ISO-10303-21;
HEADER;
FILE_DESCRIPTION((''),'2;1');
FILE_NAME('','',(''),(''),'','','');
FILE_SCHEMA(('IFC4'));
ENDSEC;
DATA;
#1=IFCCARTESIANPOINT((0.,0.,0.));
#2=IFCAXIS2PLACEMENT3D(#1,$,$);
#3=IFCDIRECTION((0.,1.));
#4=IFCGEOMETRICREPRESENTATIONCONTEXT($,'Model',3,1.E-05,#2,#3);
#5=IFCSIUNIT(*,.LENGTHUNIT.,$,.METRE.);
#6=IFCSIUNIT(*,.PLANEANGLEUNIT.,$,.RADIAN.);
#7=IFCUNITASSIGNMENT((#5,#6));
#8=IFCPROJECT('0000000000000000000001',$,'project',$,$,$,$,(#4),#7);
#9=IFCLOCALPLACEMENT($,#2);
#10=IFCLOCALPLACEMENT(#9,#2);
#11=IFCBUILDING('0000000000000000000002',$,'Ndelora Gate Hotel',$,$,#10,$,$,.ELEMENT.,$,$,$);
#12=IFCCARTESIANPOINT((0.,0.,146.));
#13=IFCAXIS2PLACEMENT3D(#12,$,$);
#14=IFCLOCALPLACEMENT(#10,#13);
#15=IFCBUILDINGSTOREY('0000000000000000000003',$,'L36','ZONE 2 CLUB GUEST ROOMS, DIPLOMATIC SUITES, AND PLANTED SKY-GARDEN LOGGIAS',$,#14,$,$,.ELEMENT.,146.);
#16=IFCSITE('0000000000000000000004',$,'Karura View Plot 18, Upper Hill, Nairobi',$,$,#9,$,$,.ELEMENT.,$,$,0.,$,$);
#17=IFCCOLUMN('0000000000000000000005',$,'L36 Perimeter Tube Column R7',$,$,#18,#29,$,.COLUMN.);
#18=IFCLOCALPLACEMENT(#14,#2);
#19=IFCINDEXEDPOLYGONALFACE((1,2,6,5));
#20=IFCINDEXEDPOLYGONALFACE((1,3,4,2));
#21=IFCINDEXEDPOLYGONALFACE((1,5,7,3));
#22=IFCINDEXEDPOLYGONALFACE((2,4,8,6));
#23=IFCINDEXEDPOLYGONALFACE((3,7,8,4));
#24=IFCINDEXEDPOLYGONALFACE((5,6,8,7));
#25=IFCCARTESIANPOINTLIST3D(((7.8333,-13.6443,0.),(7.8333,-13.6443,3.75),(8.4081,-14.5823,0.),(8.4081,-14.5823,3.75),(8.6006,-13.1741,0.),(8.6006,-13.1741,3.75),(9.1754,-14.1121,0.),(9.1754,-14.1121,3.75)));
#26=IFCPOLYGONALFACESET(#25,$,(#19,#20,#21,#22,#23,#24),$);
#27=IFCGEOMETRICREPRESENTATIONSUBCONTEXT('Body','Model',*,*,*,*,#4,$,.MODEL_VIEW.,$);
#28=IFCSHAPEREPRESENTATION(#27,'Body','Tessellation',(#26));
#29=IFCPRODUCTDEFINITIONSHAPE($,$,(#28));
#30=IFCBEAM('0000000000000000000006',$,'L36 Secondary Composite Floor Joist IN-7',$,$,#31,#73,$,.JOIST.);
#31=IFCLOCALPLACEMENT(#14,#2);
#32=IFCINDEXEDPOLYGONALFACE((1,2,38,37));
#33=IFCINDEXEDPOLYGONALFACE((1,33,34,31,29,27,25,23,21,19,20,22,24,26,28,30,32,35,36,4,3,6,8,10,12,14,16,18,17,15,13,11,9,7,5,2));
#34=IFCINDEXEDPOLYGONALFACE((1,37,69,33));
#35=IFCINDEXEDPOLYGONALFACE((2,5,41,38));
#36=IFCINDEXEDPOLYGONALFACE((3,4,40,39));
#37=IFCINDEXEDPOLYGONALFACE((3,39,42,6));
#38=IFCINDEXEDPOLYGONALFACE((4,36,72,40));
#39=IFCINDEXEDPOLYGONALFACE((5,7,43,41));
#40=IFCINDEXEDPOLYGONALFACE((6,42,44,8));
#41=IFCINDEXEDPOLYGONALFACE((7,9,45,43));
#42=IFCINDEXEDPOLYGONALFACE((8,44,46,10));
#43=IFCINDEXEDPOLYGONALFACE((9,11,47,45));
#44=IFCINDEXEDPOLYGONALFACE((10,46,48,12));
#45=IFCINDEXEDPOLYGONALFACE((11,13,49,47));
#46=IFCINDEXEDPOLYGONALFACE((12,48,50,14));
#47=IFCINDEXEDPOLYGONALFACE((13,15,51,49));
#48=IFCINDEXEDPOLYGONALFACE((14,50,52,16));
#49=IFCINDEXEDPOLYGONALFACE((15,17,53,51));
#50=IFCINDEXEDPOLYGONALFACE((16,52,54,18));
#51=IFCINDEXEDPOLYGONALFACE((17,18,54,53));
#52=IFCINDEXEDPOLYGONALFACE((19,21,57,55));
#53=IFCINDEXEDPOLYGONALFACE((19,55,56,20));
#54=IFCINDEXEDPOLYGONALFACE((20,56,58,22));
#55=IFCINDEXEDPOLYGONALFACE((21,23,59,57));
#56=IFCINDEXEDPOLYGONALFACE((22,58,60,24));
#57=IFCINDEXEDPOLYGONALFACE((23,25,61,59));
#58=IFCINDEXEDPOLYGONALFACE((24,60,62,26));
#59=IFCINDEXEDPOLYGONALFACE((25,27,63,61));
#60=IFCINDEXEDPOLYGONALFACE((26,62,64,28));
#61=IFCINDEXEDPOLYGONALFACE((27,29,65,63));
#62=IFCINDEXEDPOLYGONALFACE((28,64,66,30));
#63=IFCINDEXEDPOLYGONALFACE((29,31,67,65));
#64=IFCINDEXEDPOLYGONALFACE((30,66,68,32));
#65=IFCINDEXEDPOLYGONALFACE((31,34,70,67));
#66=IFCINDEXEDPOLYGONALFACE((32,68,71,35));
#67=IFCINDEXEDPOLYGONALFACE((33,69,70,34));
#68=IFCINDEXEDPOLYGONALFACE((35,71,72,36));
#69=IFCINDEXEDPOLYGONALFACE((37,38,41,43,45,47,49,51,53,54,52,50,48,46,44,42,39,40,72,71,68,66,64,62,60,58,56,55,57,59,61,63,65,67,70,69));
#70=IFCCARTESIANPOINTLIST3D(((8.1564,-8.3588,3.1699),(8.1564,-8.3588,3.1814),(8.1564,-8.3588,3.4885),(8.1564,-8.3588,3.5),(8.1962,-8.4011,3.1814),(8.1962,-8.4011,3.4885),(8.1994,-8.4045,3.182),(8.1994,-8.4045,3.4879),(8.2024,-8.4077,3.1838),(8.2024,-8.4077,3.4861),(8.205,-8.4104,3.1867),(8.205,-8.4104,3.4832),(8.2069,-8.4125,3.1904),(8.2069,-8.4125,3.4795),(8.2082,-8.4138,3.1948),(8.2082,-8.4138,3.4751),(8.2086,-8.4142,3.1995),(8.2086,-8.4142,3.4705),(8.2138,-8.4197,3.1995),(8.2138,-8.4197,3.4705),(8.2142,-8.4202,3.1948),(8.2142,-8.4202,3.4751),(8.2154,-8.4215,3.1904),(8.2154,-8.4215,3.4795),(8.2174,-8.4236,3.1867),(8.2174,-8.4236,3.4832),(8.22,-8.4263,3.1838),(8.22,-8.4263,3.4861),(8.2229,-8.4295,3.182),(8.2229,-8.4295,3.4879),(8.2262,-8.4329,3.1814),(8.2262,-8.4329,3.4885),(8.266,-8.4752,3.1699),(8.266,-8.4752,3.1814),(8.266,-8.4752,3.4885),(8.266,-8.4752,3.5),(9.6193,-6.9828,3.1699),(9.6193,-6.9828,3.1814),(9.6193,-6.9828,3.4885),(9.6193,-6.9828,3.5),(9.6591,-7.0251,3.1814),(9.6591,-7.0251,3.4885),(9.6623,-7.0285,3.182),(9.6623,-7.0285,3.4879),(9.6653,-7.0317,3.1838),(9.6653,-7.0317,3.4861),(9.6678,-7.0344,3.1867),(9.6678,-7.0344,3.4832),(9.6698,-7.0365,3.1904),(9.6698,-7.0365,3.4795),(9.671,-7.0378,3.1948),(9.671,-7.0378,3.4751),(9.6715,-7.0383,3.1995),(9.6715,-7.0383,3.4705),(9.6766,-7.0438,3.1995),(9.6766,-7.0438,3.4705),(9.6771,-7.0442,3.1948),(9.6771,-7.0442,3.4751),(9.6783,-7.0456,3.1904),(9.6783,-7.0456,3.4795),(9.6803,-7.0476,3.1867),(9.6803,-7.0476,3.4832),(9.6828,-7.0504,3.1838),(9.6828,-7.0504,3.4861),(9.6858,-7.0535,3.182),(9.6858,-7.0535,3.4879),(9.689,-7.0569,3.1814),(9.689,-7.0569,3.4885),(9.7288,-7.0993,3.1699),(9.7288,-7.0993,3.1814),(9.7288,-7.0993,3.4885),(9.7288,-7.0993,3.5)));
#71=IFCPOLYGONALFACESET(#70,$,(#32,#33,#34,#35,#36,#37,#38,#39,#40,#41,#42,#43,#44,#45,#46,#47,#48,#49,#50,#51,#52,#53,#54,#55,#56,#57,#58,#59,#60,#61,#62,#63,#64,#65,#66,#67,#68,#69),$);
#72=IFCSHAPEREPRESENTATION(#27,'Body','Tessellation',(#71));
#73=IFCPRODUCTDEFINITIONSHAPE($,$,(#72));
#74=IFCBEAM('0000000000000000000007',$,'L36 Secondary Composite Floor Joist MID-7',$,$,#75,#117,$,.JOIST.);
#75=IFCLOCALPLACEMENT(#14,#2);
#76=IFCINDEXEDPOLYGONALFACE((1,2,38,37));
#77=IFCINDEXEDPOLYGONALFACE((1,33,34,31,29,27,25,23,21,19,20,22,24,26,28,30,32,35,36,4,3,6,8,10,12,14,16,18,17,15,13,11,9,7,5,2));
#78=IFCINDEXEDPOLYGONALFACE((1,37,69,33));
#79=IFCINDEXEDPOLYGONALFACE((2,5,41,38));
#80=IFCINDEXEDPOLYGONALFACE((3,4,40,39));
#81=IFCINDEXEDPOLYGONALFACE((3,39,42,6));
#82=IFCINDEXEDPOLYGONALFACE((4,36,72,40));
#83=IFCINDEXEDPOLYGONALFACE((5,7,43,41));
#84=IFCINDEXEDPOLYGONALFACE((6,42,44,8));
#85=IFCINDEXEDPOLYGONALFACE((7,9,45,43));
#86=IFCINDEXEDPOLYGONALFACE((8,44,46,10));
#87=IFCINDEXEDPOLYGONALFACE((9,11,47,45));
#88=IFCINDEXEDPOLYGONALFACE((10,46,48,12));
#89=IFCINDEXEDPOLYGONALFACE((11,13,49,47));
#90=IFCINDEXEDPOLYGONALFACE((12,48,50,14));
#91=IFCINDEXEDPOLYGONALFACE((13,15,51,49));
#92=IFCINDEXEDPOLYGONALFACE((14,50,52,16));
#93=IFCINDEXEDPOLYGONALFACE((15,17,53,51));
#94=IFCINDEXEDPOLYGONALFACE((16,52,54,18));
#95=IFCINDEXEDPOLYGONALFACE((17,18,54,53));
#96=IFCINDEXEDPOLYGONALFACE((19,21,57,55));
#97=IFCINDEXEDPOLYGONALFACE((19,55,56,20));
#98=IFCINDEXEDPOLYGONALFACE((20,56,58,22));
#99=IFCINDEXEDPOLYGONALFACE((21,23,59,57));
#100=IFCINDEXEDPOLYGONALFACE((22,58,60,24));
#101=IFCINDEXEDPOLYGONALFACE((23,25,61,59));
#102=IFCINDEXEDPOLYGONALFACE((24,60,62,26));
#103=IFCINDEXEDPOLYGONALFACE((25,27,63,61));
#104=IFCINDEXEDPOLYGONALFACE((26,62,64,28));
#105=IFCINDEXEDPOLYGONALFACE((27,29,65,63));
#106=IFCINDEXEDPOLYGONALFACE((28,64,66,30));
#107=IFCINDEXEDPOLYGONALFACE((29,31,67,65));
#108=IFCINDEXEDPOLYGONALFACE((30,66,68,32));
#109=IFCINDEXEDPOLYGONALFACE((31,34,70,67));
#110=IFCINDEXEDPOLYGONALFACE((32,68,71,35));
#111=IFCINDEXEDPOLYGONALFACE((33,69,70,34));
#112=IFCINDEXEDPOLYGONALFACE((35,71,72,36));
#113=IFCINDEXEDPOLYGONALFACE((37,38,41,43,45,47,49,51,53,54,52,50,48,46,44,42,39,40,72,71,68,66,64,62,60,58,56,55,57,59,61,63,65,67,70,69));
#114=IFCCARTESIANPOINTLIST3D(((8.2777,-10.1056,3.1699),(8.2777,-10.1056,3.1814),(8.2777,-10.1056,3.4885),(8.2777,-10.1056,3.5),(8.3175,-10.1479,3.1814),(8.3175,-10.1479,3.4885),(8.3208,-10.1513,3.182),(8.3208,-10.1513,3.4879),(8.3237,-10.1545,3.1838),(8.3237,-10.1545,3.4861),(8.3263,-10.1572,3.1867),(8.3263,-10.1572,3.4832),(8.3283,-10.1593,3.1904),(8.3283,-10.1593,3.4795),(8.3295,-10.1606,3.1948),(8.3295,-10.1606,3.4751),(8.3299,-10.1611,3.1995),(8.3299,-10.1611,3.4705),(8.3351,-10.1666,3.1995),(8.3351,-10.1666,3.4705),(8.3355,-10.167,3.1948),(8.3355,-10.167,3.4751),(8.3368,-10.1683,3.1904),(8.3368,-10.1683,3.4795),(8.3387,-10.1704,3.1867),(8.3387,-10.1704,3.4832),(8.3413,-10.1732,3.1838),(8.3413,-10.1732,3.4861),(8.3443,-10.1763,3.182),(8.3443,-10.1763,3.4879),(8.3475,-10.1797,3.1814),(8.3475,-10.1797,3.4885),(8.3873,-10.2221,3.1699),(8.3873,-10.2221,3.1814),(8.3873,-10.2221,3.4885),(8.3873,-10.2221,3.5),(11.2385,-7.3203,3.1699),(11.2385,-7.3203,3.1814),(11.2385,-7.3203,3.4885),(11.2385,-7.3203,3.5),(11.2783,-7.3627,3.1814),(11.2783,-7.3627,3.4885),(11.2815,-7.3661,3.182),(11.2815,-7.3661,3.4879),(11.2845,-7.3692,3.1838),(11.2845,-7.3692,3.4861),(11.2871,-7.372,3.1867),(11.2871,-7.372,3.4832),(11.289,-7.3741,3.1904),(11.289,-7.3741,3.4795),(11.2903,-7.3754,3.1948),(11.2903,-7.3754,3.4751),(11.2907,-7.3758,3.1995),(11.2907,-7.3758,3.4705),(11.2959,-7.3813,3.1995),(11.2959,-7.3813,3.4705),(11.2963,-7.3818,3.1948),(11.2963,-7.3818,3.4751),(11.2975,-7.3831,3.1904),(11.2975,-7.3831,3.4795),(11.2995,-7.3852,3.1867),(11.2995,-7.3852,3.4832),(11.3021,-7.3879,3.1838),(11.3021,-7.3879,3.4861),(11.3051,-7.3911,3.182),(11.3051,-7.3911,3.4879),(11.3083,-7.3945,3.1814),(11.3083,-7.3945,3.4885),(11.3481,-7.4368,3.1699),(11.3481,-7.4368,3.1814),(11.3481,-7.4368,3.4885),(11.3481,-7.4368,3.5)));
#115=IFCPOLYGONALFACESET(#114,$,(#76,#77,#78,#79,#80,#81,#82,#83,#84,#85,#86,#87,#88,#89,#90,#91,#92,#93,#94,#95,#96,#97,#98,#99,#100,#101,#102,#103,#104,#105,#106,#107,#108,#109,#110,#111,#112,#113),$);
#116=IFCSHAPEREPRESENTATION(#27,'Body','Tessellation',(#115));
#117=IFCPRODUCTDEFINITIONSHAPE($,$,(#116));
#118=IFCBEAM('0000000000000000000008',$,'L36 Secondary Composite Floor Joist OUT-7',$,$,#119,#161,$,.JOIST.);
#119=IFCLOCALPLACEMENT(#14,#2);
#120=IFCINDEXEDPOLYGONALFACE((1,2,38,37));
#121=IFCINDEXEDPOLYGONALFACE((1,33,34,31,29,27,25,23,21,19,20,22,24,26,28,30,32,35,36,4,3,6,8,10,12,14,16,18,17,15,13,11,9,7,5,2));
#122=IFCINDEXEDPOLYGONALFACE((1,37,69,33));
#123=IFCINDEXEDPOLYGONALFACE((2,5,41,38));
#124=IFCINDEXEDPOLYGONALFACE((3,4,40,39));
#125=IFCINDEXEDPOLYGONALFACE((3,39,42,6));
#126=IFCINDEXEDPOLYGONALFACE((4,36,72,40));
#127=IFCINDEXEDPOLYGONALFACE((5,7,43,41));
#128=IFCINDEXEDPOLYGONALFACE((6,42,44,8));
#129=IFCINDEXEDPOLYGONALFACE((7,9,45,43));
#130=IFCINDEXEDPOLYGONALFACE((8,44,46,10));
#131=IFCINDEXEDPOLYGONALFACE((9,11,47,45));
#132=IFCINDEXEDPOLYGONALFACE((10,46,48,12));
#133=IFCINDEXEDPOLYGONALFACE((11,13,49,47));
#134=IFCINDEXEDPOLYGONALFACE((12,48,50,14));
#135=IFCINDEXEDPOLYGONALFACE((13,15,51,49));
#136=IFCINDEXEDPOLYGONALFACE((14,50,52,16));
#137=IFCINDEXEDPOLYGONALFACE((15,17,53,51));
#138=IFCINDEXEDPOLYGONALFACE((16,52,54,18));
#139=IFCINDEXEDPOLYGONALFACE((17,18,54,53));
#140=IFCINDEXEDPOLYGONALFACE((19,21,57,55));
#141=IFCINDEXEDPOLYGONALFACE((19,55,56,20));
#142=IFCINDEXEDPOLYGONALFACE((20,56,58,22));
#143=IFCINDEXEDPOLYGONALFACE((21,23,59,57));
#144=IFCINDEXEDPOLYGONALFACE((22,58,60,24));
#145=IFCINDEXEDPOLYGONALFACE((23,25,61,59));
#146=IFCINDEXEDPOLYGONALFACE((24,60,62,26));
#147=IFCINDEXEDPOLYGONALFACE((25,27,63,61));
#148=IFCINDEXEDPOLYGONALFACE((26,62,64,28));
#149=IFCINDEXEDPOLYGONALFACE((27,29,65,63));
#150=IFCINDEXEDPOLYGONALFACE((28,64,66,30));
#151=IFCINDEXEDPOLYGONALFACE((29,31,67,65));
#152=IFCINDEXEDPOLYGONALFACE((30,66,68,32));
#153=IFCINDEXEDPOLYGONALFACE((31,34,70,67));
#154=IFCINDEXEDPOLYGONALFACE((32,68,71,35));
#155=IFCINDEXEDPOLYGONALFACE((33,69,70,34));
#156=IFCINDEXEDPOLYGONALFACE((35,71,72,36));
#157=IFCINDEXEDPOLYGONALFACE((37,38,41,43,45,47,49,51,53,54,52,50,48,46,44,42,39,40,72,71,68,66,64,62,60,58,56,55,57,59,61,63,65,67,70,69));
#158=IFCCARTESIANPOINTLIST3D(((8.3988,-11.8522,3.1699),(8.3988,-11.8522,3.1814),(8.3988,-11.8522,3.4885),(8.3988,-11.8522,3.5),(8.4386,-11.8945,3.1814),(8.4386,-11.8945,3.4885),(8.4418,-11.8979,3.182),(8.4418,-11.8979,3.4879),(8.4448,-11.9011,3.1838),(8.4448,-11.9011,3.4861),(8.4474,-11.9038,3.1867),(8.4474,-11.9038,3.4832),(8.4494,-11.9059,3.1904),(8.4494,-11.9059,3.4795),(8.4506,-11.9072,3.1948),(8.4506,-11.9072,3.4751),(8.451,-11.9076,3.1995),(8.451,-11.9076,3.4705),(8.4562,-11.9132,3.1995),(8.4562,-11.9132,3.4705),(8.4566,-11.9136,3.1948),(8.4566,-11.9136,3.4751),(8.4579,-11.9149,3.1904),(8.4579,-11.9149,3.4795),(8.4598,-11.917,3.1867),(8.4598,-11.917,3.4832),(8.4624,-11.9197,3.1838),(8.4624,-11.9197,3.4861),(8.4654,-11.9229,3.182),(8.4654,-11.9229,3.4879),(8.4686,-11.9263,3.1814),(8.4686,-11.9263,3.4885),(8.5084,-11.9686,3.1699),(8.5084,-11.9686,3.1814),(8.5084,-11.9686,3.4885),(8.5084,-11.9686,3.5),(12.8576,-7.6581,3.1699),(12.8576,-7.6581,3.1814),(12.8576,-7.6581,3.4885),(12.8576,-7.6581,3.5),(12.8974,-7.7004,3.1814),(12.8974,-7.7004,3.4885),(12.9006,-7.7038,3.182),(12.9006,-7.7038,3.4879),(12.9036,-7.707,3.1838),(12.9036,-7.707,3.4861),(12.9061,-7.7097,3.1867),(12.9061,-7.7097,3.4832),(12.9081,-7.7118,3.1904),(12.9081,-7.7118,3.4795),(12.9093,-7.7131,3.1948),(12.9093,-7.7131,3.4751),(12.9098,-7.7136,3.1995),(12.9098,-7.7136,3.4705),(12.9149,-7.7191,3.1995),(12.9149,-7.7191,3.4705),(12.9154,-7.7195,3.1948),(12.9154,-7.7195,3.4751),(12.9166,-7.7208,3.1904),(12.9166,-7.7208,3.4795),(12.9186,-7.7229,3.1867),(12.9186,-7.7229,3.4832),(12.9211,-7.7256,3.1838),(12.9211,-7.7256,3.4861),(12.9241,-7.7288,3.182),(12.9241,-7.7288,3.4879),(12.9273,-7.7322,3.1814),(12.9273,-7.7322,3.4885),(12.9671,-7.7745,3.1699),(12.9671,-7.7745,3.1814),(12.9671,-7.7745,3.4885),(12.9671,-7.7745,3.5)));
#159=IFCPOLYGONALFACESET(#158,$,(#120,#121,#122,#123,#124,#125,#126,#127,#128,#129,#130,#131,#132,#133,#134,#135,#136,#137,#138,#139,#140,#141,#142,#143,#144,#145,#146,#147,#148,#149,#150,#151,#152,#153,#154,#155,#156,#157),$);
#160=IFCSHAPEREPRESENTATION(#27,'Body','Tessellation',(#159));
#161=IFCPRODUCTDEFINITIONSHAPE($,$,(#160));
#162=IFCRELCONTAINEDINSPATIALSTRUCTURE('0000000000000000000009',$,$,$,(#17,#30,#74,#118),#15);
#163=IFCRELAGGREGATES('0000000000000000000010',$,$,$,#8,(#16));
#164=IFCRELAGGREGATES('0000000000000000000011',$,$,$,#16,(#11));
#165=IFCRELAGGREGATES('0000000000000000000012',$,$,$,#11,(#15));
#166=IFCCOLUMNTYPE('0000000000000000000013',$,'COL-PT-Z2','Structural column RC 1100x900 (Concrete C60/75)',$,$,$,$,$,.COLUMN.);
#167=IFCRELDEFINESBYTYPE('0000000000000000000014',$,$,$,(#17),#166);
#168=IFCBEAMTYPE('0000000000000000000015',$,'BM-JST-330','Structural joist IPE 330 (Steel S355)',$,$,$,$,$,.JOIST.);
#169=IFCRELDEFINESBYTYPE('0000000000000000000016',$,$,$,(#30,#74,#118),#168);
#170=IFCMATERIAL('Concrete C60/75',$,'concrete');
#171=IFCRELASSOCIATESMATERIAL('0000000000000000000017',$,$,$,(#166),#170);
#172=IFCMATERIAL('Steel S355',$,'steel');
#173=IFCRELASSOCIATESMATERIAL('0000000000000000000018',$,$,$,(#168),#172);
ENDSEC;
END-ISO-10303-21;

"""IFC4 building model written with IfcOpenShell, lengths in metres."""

from ifc_helpers import new_model, si_unit, direction, frame, origin, origin_2d, place, context, subcontext, project, spatial, rectangle, i_section, extrude, material, material_profile, profile_set, type_object, element, save


model = new_model("IFC4")

# Units and contexts
model_context = context("Model", 3, precision=1e-05, world=origin(), true_north=direction((0.0, 1.0)))
body_context = subcontext(model_context, "Body", "Model", "MODEL_VIEW")
ifc_project = project(units=[si_unit("LENGTHUNIT", "METRE"), si_unit("PLANEANGLEUNIT", "RADIAN")], contexts=[model_context])

# Site, building, storey
site_placement = place(None, origin())
site = spatial("IfcSite", under=ifc_project, at=site_placement, Name="Karura View Plot 18, Upper Hill, Nairobi", CompositionType="ELEMENT", RefElevation=0.0)
building_placement = place(site_placement, origin())
building = spatial("IfcBuilding", under=site, at=building_placement, Name="Ndelora Gate Hotel", CompositionType="ELEMENT")
storey_placement = place(building_placement, frame((0.0, 0.0, 146.0)))
storey = spatial("IfcBuildingStorey", under=building, at=storey_placement, Name="L36", Description="ZONE 2 CLUB GUEST ROOMS, DIPLOMATIC SUITES, AND PLANTED SKY-GARDEN LOGGIAS", CompositionType="ELEMENT", Elevation=146.0)

# Column
ifc_material_1 = material(Name="Concrete C60/75", Category="concrete")
ifc_material_profile_1 = material_profile(ifc_material_1, rectangle(XDim=0.8999, YDim=1.1001, at=origin_2d()), Name="RC 1100x900")
ifc_profile_set_1 = profile_set([ifc_material_profile_1], Name="Concrete C60/75")
column_type = type_object("IfcColumnType", Name="COL-PT-Z2", Description="Structural column RC 1100x900 (Concrete C60/75)", PredefinedType="COLUMN", material=ifc_profile_set_1)
column_placement = place(storey_placement, frame((8.5044, -13.8782, 0.0), z_axis=(0.0, 0.0, 1.0), x_axis=(0.85264, 0.522499, 0.0)))
element("IfcColumn", 1, at=column_placement, inside=storey, type_object=column_type, Name="L36 Perimeter Tube Column R7", PredefinedType="COLUMN", context=body_context, shape_type="SweptSolid", body=[
    extrude(rectangle(XDim=0.8999, YDim=1.1001, at=origin_2d()), origin(), (0.0, 0.0, 1.0), 3.75),
])

# Beams
ifc_material_2 = material(Name="Steel S355", Category="steel")
ifc_material_profile_2 = material_profile(ifc_material_2, i_section(OverallWidth=0.1599, OverallDepth=0.3301, WebThickness=0.0076, FlangeThickness=0.0115, FilletRadius=0.0181, at=origin_2d()), Name="IPE 330")
ifc_profile_set_2 = profile_set([ifc_material_profile_2], Name="Steel S355")
beam_type_1 = type_object("IfcBeamType", Name="BM-JST-330", Description="Structural joist IPE 330 (Steel S355)", PredefinedType="JOIST", material=ifc_profile_set_2)
beam_1_placement = place(storey_placement, frame((8.2112, -8.417, 3.335), z_axis=(0.728414, 0.685137, 0.0), x_axis=(-0.685137, 0.728414, 0.0)))
element("IfcBeam", 2, at=beam_1_placement, inside=storey, type_object=beam_type_1, Name="L36 Secondary Composite Floor Joist IN-7", PredefinedType="JOIST", context=body_context, shape_type="SweptSolid", body=[
    extrude(i_section(OverallWidth=0.1599, OverallDepth=0.3301, WebThickness=0.0076, FlangeThickness=0.0115, FilletRadius=0.0181, at=origin_2d()), origin(), (0.0, 0.0, 1.0), 2.0083),
])
beam_2_placement = place(storey_placement, frame((8.3325, -10.1638, 3.335), z_axis=(0.728369, 0.685185, 0.0), x_axis=(-0.685185, 0.728369, 0.0)))
element("IfcBeam", 3, at=beam_2_placement, inside=storey, type_object=beam_type_1, Name="L36 Secondary Composite Floor Joist MID-7", PredefinedType="JOIST", context=body_context, shape_type="SweptSolid", body=[
    extrude(i_section(OverallWidth=0.1599, OverallDepth=0.3301, WebThickness=0.0076, FlangeThickness=0.0115, FilletRadius=0.0181, at=origin_2d()), origin(), (0.0, 0.0, 1.0), 4.0649),
])
beam_3_placement = place(storey_placement, frame((8.4536, -11.9104, 3.335), z_axis=(0.728393, 0.685159, 0.0), x_axis=(-0.685159, 0.728393, 0.0)))
element("IfcBeam", 4, at=beam_3_placement, inside=storey, type_object=beam_type_1, Name="L36 Secondary Composite Floor Joist OUT-7", PredefinedType="JOIST", context=body_context, shape_type="SweptSolid", body=[
    extrude(i_section(OverallWidth=0.1599, OverallDepth=0.3301, WebThickness=0.0076, FlangeThickness=0.0115, FilletRadius=0.0181, at=origin_2d()), origin(), (0.0, 0.0, 1.0), 6.1213),
])

save(model, "model.ifc")
